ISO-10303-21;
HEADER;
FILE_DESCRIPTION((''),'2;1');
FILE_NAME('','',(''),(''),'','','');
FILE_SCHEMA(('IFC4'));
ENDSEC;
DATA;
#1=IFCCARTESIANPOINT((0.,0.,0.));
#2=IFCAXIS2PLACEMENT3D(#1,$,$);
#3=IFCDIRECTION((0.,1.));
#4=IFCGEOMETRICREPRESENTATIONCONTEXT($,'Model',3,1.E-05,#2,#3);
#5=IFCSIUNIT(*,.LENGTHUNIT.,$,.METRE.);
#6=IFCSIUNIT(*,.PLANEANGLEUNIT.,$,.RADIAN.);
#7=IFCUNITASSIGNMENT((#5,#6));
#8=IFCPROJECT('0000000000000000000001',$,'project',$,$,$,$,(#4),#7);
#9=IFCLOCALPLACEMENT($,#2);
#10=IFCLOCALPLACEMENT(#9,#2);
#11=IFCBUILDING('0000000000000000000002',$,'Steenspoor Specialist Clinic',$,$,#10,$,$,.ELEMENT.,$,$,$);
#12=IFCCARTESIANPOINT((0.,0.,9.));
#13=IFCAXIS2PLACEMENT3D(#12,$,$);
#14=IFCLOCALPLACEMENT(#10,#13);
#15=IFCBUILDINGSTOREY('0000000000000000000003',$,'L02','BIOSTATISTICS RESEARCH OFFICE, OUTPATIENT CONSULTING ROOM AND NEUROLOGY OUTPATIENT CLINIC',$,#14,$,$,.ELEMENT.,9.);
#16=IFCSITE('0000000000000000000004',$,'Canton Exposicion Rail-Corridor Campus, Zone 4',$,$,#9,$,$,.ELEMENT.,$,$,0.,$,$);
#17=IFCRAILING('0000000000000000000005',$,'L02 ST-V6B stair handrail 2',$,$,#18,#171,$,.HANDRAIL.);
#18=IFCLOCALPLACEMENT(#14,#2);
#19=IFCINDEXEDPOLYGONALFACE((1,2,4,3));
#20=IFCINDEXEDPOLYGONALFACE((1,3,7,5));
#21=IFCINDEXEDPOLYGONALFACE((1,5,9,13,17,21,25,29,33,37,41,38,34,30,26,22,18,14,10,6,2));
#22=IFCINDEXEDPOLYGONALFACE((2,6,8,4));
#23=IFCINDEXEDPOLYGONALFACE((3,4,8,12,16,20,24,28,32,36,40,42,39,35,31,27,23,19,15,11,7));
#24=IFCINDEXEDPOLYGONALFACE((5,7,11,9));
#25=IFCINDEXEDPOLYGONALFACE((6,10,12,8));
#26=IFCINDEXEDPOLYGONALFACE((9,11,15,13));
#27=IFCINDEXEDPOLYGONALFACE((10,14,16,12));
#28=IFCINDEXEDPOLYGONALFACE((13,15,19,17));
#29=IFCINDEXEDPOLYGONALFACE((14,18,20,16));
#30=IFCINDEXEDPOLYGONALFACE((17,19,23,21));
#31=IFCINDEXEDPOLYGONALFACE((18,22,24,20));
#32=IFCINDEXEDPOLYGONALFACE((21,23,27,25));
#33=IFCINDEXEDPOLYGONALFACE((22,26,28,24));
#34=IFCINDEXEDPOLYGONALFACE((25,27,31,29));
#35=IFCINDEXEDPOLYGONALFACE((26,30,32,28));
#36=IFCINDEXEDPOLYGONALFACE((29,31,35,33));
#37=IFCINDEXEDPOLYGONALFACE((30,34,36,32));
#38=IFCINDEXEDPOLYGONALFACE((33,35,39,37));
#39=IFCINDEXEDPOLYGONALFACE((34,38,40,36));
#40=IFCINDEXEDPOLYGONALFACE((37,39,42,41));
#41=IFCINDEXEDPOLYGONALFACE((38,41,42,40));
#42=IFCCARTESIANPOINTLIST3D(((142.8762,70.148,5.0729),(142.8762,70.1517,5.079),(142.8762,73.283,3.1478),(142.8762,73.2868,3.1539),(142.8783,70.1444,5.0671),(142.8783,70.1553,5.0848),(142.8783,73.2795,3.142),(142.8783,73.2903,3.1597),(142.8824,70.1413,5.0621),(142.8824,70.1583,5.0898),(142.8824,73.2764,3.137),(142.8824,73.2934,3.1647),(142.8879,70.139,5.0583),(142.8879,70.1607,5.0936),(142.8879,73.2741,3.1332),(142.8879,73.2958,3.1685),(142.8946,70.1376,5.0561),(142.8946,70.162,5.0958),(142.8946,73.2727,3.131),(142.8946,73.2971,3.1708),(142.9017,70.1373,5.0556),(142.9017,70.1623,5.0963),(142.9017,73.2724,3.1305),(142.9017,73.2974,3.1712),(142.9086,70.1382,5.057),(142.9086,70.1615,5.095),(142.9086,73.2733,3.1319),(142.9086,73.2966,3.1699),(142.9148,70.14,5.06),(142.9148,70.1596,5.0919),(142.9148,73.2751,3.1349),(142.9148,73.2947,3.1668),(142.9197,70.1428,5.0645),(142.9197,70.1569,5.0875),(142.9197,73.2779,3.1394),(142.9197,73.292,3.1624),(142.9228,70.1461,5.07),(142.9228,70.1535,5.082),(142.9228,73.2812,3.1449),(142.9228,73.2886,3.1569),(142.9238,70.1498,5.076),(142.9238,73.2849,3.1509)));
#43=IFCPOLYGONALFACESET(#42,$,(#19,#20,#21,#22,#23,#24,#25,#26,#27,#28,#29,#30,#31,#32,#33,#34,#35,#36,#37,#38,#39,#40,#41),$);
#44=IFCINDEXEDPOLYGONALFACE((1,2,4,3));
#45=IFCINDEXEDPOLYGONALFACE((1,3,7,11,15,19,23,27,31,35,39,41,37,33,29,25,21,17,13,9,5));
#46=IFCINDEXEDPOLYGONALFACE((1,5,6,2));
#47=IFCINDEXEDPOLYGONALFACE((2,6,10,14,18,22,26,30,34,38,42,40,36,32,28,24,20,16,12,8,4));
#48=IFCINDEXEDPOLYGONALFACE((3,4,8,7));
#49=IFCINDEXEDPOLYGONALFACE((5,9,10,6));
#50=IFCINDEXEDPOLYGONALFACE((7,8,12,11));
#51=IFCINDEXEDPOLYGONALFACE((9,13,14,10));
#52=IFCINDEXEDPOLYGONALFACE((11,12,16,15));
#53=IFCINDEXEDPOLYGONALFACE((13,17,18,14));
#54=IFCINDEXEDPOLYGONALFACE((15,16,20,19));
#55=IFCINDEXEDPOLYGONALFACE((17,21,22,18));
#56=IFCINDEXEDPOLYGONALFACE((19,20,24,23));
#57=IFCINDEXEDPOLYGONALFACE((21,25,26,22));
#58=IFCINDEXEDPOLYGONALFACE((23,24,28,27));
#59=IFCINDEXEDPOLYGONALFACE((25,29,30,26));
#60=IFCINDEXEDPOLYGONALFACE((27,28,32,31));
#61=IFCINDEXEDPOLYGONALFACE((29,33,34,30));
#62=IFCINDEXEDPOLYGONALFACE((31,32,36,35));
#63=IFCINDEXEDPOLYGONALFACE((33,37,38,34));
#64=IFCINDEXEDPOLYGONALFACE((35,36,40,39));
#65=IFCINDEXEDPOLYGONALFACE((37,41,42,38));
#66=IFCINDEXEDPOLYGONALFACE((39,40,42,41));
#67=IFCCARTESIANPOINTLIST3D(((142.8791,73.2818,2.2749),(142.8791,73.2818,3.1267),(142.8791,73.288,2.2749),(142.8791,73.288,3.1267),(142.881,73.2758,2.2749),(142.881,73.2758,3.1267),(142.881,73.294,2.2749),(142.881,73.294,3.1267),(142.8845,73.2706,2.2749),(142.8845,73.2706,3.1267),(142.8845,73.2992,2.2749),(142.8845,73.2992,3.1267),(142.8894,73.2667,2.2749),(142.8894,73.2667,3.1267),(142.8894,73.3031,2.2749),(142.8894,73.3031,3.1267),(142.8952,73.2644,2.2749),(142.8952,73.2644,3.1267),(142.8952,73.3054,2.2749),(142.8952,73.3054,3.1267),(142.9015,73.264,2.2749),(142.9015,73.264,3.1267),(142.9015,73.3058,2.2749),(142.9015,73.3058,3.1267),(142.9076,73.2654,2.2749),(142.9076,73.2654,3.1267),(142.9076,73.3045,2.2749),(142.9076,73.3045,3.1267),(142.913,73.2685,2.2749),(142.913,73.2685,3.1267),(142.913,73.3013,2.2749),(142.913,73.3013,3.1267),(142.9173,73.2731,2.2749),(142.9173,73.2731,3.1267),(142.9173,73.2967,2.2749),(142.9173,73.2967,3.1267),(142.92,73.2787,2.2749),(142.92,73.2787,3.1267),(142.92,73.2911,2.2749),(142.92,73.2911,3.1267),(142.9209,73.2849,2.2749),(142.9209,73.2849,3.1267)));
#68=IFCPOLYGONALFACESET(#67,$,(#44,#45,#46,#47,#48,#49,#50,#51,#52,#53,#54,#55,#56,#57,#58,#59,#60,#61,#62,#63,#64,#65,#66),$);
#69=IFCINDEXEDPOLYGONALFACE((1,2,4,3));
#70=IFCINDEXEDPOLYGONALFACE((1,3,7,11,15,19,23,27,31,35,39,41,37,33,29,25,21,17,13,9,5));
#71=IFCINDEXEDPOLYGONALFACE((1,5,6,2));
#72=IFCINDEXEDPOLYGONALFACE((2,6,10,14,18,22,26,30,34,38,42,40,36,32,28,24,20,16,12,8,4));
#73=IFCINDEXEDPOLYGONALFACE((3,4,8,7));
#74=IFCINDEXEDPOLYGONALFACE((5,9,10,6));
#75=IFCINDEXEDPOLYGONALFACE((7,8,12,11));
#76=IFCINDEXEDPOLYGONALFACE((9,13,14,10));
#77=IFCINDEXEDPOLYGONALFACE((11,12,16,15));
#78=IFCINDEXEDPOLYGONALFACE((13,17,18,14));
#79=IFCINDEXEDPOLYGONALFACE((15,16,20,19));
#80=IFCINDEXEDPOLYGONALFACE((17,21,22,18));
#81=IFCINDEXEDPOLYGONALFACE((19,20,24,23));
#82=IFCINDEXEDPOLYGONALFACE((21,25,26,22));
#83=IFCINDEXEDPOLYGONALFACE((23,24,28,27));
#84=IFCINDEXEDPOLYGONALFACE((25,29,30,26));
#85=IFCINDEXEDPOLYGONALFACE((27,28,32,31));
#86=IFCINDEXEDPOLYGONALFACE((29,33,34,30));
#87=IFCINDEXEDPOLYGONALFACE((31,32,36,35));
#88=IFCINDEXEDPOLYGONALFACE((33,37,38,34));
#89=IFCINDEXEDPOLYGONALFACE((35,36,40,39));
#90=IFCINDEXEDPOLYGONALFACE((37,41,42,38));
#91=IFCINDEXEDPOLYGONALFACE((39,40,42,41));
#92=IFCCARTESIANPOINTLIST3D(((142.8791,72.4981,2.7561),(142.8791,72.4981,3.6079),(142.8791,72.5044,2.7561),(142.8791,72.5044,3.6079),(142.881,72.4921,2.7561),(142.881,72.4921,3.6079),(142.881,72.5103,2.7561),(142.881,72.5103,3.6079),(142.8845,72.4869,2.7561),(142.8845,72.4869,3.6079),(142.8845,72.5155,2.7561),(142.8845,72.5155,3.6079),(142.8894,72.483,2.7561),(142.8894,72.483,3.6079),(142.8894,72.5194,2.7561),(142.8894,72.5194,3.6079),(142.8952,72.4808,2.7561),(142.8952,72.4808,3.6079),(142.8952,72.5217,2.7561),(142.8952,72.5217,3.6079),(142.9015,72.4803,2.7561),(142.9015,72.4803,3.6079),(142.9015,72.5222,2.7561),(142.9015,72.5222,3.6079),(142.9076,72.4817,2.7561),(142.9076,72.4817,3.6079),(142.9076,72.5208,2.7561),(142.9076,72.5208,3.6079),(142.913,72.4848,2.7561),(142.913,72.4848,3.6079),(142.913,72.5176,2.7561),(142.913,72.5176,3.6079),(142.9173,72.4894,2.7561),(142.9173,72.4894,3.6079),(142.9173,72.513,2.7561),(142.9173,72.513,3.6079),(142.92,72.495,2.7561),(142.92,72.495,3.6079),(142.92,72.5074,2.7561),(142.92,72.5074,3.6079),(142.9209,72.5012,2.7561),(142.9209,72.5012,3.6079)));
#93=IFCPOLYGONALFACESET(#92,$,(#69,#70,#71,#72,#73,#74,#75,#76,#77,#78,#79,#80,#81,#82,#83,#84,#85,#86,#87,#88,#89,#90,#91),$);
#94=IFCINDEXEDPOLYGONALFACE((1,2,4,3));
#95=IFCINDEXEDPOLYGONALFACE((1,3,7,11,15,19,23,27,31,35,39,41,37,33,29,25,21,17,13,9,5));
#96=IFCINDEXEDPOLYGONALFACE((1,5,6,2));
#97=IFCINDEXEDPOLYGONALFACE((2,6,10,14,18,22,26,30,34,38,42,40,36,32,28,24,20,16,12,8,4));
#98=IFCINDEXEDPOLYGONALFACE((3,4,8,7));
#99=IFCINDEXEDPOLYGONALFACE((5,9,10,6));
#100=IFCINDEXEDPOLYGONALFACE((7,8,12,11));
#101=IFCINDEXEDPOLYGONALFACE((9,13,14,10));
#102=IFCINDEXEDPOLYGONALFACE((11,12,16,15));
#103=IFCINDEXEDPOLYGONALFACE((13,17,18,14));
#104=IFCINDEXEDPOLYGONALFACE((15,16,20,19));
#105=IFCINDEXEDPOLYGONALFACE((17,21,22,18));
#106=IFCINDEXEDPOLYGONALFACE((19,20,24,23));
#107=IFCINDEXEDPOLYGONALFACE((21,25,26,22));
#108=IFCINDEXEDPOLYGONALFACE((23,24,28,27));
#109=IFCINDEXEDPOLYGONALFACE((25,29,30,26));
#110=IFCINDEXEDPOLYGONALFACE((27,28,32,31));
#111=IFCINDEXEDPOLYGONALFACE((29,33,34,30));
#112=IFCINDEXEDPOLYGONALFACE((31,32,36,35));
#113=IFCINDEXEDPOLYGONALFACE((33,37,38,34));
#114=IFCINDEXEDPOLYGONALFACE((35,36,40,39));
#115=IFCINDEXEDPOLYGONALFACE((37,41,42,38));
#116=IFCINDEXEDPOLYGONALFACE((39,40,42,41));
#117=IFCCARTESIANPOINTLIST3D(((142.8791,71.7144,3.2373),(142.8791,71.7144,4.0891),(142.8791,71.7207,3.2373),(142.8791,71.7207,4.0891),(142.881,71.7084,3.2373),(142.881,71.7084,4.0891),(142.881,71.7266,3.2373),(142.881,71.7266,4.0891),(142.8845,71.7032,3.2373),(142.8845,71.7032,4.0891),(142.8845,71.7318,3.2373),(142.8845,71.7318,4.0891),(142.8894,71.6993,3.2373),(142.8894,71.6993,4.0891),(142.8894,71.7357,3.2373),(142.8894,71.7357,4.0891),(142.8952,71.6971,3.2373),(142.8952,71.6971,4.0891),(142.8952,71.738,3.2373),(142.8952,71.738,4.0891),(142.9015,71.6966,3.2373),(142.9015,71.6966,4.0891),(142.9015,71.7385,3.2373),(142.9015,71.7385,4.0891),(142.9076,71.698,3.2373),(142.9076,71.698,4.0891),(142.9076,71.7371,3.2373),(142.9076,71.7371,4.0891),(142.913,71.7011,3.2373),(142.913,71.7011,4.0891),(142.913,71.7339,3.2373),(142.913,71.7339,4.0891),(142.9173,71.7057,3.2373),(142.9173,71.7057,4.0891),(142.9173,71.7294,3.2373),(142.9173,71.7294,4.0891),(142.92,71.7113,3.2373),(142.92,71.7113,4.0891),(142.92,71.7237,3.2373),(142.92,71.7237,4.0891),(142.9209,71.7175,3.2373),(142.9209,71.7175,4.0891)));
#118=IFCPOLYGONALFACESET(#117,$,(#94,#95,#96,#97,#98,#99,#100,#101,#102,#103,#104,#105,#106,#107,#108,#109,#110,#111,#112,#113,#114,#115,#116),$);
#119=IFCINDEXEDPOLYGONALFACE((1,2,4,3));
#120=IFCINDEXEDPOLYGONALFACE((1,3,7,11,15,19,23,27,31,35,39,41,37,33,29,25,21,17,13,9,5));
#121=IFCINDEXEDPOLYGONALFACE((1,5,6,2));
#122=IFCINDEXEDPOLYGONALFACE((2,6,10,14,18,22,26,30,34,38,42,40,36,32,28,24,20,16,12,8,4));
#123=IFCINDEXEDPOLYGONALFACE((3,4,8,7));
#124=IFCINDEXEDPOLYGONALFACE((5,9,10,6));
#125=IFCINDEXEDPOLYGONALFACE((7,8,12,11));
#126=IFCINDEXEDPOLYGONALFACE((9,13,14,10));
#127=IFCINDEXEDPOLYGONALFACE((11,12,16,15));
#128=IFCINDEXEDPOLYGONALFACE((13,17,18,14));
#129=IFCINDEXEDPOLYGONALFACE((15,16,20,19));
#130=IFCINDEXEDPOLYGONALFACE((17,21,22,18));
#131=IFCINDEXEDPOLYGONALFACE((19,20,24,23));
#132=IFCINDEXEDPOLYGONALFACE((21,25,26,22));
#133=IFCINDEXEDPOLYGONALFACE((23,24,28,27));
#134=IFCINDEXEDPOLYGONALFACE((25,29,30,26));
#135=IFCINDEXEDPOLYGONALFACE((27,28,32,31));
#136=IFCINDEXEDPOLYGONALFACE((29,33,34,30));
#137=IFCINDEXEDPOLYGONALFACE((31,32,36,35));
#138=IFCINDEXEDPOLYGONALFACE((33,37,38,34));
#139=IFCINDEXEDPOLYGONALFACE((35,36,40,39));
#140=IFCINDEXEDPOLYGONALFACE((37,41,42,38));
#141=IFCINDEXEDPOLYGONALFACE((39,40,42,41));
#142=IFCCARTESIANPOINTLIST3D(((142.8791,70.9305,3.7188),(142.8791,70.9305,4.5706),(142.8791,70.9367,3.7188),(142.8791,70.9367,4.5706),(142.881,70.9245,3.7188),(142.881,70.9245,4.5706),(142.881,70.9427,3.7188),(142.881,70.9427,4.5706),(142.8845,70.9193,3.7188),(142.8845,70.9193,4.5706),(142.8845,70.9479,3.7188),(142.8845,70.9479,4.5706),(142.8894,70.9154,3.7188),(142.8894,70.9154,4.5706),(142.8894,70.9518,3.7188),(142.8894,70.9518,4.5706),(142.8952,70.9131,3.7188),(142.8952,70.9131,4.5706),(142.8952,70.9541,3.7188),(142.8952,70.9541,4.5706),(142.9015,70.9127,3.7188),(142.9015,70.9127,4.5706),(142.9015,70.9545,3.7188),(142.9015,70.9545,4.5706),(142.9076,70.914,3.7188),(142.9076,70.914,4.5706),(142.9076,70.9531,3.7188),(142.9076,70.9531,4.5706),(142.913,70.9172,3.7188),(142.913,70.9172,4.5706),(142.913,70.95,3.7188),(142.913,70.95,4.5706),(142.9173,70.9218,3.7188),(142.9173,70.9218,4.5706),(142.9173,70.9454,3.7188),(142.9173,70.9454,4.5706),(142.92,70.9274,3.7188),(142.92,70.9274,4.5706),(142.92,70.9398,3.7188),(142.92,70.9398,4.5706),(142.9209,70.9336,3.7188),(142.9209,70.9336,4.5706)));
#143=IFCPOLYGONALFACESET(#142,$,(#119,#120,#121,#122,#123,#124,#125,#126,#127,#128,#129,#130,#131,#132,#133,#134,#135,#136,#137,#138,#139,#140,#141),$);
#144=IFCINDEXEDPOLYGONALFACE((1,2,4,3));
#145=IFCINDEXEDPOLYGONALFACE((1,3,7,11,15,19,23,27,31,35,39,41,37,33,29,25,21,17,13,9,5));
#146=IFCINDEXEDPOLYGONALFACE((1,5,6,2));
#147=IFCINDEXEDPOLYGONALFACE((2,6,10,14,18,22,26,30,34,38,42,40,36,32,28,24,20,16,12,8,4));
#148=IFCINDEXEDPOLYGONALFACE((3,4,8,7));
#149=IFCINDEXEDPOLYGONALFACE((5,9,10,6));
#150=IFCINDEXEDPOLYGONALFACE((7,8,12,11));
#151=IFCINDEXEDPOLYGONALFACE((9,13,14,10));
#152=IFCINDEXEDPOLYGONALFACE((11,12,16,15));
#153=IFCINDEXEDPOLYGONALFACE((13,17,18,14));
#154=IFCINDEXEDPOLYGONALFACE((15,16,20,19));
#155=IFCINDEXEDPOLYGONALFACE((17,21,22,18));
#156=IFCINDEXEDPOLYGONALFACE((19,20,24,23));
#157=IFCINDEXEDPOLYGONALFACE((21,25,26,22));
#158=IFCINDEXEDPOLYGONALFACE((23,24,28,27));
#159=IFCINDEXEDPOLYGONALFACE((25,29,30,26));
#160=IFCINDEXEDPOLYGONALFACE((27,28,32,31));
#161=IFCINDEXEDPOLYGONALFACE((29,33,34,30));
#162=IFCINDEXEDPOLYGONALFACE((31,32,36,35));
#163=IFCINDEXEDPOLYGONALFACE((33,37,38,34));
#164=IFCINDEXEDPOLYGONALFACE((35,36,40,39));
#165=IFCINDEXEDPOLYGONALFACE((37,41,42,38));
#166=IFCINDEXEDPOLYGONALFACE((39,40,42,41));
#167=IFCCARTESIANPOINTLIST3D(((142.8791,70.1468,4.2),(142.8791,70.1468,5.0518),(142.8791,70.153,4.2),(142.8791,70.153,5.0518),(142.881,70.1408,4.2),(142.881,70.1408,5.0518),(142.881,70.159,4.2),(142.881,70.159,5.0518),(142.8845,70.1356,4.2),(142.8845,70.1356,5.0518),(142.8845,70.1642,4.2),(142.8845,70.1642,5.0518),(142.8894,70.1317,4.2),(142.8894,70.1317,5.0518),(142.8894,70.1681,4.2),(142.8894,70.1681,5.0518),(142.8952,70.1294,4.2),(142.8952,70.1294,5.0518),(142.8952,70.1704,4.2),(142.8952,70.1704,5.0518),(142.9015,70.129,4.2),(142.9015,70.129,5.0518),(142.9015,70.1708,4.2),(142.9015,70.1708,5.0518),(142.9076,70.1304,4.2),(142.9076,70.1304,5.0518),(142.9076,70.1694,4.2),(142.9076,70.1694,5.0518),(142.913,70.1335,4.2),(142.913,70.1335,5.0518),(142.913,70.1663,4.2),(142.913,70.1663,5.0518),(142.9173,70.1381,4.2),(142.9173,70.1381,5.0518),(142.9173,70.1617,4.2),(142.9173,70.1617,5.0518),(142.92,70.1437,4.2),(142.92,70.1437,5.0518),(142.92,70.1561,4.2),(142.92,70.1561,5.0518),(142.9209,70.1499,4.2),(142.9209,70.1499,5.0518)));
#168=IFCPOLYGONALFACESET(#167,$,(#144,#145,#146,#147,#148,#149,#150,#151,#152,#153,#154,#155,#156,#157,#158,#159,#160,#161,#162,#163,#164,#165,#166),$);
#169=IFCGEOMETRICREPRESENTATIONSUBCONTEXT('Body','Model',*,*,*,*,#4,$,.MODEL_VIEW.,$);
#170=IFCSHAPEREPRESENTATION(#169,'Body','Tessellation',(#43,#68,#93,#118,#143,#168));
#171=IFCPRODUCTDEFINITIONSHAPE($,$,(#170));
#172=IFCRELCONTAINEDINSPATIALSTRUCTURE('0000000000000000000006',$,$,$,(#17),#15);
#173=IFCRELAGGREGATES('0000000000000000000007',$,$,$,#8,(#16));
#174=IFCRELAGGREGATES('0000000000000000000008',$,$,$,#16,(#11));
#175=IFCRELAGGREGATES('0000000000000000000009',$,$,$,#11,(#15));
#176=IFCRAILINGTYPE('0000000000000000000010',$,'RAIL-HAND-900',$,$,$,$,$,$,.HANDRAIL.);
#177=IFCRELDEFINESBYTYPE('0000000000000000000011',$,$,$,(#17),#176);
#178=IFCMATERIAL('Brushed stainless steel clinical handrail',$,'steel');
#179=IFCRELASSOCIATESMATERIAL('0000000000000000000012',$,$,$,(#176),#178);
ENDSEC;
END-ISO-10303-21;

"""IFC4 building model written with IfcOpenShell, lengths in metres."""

from ifc_helpers import new_model, si_unit, direction, frame, origin, origin_2d, place, context, subcontext, project, spatial, circle, extrude, material, type_object, element, save


model = new_model("IFC4")

# Units and contexts
model_context = context("Model", 3, precision=1e-05, world=origin(), true_north=direction((0.0, 1.0)))
body_context = subcontext(model_context, "Body", "Model", "MODEL_VIEW")
ifc_project = project(units=[si_unit("LENGTHUNIT", "METRE"), si_unit("PLANEANGLEUNIT", "RADIAN")], contexts=[model_context])

# Site, building, storey
site_placement = place(None, origin())
site = spatial("IfcSite", under=ifc_project, at=site_placement, Name="Canton Exposicion Rail-Corridor Campus, Zone 4", CompositionType="ELEMENT", RefElevation=0.0)
building_placement = place(site_placement, origin())
building = spatial("IfcBuilding", under=site, at=building_placement, Name="Steenspoor Specialist Clinic", CompositionType="ELEMENT")
storey_placement = place(building_placement, frame((0.0, 0.0, 9.0)))
storey = spatial("IfcBuildingStorey", under=building, at=storey_placement, Name="L02", Description="BIOSTATISTICS RESEARCH OFFICE, OUTPATIENT CONSULTING ROOM AND NEUROLOGY OUTPATIENT CLINIC", CompositionType="ELEMENT", Elevation=9.0)

# Railing
ifc_material_1 = material(Name="Brushed stainless steel clinical handrail", Category="steel")
railing_type_1 = type_object("IfcRailingType", Name="RAIL-HAND-900", PredefinedType="HANDRAIL", material=ifc_material_1)
railing_1_placement = place(storey_placement, frame((142.8999, 73.2849, 2.2749)))
element("IfcRailing", 1, at=railing_1_placement, inside=storey, type_object=railing_type_1, Name="L02 ST-V6B stair handrail 2", PredefinedType="HANDRAIL", context=body_context, shape_type="SweptSolid", body=[
    extrude(circle(Radius=0.0239, at=origin_2d()), frame((0.0, 0.0, 0.876), z_axis=(0.0, -0.852166, 0.523271), x_axis=(1.0, 0.0, 0.0)), (0.0, 0.0, 1.0), 3.679),
    extrude(circle(Radius=0.021, at=origin_2d()), origin(), (0.0, 0.0, 1.0), 0.8518),
    extrude(circle(Radius=0.021, at=origin_2d()), frame((0.0, -0.7837, 0.4812)), (0.0, 0.0, 1.0), 0.8518),
    extrude(circle(Radius=0.021, at=origin_2d()), frame((0.0, -1.5674, 0.9624)), (0.0, 0.0, 1.0), 0.8518),
    extrude(circle(Radius=0.021, at=origin_2d()), frame((0.0, -2.3513, 1.4438)), (0.0, 0.0, 1.0), 0.8518),
    extrude(circle(Radius=0.021, at=origin_2d()), frame((0.0, -3.135, 1.925)), (0.0, 0.0, 1.0), 0.8518),
])

save(model, "model.ifc")
